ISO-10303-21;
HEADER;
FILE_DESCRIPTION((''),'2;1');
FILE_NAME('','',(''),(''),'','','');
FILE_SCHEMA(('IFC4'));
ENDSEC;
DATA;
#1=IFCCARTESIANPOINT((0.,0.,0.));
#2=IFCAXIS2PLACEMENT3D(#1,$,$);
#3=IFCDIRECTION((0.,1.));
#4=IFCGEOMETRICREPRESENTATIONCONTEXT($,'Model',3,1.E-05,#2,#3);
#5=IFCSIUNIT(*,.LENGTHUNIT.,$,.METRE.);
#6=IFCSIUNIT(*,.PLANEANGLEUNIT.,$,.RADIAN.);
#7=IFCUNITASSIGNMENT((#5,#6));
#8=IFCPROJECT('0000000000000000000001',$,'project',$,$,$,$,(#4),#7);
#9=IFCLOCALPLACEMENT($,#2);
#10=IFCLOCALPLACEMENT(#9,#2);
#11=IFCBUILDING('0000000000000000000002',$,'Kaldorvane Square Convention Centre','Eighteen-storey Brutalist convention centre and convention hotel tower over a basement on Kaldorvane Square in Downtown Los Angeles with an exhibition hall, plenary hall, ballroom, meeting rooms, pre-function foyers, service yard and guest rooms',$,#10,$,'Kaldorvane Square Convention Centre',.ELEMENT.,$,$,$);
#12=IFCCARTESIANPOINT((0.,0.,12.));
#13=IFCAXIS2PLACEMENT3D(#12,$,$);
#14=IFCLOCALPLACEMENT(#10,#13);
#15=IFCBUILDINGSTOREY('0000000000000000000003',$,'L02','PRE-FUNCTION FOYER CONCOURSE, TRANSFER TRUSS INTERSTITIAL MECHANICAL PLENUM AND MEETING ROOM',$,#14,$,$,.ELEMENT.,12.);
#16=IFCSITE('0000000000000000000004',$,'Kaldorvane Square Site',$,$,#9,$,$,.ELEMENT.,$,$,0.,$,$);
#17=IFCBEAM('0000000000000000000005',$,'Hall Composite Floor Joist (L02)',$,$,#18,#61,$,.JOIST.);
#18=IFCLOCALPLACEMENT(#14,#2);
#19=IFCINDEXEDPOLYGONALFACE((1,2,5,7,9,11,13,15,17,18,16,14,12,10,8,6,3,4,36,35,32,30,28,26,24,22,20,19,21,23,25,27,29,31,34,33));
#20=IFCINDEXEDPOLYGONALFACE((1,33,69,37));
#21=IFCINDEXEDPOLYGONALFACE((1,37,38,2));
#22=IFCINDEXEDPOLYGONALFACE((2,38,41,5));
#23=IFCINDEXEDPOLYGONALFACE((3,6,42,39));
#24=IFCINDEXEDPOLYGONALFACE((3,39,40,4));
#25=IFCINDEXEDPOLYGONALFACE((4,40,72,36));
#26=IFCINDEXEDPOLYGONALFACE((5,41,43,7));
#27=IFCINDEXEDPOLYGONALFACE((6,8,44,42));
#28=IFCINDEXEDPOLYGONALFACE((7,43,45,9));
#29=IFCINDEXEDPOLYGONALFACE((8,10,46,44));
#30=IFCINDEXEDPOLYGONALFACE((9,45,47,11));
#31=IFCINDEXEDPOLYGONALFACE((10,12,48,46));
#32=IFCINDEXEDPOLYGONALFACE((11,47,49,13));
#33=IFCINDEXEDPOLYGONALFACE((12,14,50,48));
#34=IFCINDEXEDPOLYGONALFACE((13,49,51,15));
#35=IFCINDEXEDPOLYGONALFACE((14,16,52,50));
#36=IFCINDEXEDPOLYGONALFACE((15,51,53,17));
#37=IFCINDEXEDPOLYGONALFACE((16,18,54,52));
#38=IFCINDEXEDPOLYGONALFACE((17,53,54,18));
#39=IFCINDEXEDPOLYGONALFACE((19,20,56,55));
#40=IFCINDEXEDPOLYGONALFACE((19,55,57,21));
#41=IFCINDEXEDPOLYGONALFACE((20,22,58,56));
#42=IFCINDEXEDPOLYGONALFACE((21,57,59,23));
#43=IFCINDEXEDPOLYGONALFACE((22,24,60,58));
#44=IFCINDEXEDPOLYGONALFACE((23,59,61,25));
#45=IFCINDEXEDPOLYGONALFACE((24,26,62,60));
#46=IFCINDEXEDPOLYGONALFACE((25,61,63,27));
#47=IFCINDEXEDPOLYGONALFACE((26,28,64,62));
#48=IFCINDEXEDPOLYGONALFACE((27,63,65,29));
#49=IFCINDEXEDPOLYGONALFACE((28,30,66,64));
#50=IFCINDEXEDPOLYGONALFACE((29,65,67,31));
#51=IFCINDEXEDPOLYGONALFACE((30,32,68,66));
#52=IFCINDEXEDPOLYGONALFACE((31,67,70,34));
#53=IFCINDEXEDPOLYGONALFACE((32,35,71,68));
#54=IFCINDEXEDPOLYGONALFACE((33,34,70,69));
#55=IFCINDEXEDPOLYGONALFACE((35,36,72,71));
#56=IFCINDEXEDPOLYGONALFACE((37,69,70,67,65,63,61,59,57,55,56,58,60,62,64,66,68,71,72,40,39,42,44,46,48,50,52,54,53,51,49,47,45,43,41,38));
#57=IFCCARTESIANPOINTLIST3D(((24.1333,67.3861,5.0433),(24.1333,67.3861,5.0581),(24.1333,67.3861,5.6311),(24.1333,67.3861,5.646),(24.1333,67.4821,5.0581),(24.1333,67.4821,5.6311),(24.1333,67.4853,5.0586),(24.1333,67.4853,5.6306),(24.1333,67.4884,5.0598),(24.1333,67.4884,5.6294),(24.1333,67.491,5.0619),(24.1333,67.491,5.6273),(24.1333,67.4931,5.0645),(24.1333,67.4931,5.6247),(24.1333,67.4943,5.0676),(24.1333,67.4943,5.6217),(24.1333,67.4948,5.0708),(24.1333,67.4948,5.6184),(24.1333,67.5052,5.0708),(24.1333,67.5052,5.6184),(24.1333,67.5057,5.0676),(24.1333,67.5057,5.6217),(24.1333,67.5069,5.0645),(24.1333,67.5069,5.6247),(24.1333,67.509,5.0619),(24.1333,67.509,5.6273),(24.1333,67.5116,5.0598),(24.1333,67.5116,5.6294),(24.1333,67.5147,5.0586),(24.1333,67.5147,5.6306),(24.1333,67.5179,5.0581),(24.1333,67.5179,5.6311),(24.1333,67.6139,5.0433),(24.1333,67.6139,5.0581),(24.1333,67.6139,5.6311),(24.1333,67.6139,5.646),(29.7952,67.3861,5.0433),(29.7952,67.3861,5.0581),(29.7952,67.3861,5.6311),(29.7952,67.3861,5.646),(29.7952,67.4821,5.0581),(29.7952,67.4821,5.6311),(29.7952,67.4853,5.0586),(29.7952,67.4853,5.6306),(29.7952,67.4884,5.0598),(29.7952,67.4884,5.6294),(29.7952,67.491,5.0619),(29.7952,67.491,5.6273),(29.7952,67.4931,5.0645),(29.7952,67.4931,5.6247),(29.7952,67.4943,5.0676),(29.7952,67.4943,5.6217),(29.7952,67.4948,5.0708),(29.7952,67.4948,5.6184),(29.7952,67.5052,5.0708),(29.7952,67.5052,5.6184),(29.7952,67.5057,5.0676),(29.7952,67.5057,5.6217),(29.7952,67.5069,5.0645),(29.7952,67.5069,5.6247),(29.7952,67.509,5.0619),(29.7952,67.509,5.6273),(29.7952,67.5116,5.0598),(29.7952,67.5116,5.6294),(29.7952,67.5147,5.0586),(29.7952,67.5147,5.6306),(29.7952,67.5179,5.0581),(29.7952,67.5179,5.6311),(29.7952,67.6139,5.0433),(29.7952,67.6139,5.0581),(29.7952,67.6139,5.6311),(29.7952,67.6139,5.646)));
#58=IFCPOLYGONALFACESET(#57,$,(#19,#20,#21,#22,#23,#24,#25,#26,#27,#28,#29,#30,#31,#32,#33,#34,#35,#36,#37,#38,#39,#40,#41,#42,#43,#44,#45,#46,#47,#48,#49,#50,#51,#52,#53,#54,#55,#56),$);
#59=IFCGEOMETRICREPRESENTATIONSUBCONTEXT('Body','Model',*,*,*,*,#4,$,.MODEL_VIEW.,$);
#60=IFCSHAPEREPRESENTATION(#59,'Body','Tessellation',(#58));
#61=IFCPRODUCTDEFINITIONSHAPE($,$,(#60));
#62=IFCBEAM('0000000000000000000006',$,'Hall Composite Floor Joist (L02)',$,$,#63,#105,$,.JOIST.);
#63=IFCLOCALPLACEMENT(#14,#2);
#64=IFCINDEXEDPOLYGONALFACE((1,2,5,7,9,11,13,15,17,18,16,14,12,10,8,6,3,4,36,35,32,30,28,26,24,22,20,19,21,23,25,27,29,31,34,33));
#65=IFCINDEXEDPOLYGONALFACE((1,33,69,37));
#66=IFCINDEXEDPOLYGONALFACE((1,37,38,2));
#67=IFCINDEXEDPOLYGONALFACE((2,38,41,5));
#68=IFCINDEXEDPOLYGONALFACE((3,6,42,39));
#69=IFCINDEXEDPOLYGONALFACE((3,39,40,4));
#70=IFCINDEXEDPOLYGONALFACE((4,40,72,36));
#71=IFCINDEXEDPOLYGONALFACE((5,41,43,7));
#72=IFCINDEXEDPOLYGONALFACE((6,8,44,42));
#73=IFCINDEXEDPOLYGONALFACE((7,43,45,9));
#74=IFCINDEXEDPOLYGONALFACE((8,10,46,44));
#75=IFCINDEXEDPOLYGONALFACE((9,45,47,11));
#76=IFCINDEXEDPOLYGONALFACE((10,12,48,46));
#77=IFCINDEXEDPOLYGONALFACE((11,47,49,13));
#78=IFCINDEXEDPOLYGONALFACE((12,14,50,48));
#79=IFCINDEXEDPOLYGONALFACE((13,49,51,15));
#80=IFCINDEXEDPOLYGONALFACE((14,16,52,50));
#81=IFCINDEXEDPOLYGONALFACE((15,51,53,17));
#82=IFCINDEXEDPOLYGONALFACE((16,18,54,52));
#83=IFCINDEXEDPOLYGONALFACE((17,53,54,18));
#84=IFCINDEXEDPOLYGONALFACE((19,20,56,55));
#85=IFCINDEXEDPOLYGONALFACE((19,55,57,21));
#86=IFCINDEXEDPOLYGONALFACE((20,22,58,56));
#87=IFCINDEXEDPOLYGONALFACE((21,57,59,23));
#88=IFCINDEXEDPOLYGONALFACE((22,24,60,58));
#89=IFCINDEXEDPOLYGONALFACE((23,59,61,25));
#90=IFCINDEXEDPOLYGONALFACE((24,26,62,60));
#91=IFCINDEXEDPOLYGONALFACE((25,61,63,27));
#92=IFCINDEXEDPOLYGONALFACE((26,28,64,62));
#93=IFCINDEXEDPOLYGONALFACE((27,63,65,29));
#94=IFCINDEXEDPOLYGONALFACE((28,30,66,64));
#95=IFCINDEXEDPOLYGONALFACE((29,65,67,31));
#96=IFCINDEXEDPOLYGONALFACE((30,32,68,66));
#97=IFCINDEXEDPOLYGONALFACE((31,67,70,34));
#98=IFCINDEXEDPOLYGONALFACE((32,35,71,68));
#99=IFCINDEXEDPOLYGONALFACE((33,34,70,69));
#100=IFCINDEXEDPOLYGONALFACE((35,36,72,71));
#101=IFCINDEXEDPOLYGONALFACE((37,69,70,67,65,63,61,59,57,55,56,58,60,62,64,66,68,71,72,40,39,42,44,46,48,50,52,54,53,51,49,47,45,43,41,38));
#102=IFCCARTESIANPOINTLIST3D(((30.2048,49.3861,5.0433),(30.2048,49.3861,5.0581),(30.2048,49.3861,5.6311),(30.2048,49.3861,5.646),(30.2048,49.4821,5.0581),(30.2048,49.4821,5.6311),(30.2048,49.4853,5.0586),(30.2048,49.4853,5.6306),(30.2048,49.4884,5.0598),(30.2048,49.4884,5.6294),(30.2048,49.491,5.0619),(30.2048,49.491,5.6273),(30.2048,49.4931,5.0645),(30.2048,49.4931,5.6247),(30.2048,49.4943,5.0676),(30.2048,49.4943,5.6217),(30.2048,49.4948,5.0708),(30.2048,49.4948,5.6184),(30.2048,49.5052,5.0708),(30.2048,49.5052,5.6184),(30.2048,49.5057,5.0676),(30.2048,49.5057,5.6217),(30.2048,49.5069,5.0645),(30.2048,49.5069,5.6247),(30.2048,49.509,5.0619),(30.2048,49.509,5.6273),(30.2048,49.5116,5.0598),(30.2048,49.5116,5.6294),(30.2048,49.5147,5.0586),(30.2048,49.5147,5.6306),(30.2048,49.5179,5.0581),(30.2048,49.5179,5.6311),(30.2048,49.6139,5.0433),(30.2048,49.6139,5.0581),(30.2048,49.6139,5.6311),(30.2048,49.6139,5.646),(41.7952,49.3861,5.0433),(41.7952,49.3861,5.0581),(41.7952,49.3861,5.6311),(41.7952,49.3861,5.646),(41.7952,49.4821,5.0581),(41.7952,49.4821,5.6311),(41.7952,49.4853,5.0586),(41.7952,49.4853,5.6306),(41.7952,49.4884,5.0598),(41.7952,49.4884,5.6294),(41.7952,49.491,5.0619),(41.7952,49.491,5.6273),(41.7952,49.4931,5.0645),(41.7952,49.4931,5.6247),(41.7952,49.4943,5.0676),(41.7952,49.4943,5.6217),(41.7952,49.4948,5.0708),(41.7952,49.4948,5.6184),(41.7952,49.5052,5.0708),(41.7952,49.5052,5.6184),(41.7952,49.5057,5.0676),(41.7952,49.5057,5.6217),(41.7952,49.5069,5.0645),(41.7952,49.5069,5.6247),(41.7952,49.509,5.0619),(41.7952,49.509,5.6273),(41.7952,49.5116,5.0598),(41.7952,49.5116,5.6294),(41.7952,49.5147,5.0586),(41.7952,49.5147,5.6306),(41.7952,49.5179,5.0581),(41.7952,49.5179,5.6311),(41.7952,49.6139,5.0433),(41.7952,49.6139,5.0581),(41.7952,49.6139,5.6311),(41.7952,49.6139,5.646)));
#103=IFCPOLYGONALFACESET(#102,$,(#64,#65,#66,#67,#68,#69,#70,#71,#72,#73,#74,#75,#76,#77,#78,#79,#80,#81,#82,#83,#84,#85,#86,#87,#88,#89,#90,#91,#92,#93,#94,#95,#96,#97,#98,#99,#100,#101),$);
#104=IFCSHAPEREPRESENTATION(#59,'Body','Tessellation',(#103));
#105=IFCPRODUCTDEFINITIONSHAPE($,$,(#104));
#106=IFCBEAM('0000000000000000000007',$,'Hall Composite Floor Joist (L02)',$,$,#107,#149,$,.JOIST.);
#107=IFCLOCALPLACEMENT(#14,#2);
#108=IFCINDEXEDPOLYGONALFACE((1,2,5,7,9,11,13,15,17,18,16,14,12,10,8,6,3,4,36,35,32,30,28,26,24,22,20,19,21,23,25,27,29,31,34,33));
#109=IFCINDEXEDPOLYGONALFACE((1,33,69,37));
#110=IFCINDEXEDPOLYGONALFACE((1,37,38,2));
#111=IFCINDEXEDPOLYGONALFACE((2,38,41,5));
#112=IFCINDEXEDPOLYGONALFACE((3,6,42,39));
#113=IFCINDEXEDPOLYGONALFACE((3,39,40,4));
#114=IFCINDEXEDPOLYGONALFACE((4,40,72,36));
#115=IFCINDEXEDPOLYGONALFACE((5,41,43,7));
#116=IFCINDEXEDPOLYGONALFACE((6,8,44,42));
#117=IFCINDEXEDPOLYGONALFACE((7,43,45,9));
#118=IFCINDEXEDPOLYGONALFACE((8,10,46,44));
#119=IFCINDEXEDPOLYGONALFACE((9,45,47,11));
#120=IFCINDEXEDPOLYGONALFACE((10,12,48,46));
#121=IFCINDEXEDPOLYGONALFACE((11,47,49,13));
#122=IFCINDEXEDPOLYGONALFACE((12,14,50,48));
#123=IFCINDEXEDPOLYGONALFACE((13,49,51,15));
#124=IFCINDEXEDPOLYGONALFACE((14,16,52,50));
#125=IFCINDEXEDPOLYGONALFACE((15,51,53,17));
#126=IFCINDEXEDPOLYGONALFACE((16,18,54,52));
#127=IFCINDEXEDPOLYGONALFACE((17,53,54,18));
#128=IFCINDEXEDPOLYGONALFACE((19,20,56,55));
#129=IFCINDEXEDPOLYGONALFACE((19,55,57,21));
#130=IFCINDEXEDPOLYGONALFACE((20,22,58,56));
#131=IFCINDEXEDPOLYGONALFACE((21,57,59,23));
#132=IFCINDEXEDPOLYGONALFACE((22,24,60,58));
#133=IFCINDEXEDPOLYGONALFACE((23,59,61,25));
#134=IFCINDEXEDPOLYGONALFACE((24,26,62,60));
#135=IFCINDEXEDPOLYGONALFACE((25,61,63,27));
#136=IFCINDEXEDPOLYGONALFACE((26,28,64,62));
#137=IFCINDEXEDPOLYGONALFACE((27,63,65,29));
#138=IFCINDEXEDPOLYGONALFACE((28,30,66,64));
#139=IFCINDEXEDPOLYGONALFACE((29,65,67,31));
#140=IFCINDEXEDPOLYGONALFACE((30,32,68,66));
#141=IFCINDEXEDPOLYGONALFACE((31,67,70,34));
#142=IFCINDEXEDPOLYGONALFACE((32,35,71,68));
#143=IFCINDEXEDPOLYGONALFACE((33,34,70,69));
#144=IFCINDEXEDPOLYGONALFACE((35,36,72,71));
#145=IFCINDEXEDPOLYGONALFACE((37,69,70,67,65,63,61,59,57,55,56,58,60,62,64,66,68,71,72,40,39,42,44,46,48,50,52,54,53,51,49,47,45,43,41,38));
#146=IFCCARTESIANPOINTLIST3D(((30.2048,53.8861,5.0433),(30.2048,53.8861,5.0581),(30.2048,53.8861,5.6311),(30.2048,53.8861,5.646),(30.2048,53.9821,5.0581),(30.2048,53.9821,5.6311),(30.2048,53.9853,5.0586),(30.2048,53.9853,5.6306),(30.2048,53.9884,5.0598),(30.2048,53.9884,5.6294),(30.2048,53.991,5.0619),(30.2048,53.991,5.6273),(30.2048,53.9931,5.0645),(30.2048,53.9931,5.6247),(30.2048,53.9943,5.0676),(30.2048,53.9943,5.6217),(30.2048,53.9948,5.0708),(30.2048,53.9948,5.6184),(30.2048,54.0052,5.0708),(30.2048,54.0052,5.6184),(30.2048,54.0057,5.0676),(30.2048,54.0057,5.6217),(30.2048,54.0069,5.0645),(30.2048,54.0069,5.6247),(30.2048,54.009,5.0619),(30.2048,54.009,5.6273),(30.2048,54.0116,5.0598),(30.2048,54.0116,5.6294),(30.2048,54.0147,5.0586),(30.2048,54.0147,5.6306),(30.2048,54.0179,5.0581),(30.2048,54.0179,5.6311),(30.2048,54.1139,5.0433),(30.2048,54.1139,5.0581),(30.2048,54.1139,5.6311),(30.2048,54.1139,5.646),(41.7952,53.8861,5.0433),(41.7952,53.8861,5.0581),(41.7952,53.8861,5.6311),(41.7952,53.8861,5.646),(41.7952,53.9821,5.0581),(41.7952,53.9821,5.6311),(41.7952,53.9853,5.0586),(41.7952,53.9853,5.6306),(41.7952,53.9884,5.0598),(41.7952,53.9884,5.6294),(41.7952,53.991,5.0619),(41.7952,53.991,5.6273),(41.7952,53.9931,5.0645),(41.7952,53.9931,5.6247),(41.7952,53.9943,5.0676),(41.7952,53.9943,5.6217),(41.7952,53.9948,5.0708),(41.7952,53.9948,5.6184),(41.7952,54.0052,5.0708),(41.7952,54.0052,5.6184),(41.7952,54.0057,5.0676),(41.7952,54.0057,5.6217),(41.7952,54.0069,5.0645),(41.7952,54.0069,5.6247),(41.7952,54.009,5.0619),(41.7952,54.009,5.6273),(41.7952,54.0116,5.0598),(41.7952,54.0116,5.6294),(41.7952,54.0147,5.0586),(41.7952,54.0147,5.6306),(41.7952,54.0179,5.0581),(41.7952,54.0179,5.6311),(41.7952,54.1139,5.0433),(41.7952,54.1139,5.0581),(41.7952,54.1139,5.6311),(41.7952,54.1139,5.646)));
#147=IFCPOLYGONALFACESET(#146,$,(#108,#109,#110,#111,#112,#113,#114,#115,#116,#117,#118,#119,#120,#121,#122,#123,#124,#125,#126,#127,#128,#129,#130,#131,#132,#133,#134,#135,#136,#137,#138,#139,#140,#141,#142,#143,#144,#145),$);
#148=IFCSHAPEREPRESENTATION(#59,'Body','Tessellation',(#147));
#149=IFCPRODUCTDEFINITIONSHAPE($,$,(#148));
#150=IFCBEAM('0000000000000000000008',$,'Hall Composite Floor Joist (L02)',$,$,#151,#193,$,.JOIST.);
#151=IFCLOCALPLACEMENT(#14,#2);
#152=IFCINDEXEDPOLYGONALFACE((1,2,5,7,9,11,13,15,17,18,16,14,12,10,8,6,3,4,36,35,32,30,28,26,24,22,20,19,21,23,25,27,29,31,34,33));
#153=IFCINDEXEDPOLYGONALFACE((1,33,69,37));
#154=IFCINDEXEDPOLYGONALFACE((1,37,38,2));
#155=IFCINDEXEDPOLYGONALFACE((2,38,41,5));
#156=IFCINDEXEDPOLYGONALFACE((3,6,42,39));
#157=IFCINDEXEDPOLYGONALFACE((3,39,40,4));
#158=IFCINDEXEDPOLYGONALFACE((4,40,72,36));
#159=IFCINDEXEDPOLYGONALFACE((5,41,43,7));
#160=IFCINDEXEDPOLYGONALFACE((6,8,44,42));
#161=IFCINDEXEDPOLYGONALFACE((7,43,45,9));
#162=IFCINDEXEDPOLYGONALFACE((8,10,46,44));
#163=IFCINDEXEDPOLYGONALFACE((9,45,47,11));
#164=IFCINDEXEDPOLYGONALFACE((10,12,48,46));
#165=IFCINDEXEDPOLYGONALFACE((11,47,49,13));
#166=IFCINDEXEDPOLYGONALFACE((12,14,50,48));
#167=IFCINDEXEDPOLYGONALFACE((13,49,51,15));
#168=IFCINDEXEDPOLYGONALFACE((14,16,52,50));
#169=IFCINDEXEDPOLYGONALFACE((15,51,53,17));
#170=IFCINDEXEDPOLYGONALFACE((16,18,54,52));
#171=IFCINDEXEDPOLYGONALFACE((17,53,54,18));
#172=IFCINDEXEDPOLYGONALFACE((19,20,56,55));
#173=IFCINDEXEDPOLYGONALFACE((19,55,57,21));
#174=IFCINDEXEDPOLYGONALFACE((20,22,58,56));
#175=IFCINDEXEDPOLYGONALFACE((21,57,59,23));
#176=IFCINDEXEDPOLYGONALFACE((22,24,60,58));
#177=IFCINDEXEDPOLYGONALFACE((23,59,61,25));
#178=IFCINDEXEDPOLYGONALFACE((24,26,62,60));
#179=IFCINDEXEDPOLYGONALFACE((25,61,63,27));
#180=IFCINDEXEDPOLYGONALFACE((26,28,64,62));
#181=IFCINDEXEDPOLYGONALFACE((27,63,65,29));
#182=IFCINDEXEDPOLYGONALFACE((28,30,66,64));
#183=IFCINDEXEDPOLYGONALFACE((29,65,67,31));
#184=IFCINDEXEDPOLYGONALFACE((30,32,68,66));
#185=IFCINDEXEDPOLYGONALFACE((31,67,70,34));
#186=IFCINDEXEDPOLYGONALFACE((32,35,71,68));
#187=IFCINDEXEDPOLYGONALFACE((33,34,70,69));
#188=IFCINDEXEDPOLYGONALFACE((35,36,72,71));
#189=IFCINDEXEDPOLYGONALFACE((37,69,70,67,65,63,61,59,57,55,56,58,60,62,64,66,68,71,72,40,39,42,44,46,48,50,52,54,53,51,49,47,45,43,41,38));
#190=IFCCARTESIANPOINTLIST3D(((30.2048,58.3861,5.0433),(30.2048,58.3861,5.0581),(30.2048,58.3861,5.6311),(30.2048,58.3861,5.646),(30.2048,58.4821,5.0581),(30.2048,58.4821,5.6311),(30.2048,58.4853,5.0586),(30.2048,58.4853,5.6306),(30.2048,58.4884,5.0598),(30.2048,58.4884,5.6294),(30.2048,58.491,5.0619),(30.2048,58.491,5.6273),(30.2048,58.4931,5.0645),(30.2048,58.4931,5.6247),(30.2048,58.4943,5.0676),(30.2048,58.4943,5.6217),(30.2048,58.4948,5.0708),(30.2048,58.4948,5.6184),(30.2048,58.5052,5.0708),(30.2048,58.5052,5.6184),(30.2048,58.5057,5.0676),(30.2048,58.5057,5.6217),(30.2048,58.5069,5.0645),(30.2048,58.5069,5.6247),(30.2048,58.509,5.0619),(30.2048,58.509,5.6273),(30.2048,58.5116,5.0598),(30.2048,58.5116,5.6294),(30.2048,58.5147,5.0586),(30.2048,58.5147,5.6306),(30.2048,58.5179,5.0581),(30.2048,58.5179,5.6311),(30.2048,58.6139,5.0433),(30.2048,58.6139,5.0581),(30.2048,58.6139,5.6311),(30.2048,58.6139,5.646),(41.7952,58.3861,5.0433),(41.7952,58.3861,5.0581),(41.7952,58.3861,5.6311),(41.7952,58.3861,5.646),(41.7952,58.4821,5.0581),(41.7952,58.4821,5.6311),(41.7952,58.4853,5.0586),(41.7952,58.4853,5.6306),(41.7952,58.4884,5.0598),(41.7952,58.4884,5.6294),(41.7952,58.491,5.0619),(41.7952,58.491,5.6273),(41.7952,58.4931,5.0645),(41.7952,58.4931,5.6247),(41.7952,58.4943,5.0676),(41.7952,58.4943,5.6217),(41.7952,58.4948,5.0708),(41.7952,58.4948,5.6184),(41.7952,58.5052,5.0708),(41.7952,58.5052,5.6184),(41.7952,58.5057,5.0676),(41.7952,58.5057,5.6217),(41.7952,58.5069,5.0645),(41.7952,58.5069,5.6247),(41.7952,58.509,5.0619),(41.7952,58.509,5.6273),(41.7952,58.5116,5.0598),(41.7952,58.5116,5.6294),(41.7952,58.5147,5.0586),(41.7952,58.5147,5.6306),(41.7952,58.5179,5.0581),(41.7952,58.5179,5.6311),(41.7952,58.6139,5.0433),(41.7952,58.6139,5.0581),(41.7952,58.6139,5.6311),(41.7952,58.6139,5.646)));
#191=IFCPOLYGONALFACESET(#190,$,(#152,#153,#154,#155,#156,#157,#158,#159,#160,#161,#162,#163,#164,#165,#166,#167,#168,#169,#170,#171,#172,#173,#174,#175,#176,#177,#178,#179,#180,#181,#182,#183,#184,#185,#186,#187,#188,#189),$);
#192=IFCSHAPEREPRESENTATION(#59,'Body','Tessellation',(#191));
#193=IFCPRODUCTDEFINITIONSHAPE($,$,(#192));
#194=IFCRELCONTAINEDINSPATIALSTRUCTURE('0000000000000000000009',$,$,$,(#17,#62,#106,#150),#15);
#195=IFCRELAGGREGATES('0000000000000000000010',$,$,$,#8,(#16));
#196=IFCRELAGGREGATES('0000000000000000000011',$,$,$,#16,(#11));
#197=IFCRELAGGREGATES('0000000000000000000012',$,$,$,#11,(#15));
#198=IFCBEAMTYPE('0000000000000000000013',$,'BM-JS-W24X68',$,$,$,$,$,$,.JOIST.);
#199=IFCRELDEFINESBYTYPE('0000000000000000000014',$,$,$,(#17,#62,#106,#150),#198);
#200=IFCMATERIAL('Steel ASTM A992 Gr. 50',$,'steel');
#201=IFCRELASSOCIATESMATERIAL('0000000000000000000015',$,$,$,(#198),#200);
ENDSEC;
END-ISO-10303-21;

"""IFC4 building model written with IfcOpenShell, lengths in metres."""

from ifc_helpers import new_model, si_unit, direction, frame, origin, origin_2d, place, context, subcontext, project, spatial, i_section, extrude, material, material_profile, profile_set, type_object, element, save


model = new_model("IFC4")

# Units and contexts
model_context = context("Model", 3, precision=1e-05, world=origin(), true_north=direction((0.0, 1.0)))
body_context = subcontext(model_context, "Body", "Model", "MODEL_VIEW")
ifc_project = project(units=[si_unit("LENGTHUNIT", "METRE"), si_unit("PLANEANGLEUNIT", "RADIAN")], contexts=[model_context])

# Site, building, storey
site_placement = place(None, origin())
site = spatial("IfcSite", under=ifc_project, at=site_placement, Name="Kaldorvane Square Site", CompositionType="ELEMENT", RefElevation=0.0)
building_placement = place(site_placement, origin())
building = spatial("IfcBuilding", under=site, at=building_placement, Name="Kaldorvane Square Convention Centre", Description="Eighteen-storey Brutalist convention centre and convention hotel tower over a basement on Kaldorvane Square in Downtown Los Angeles with an exhibition hall, plenary hall, ballroom, meeting rooms, pre-function foyers, service yard and guest rooms", LongName="Kaldorvane Square Convention Centre", CompositionType="ELEMENT")
storey_placement = place(building_placement, frame((0.0, 0.0, 12.0)))
storey = spatial("IfcBuildingStorey", under=building, at=storey_placement, Name="L02", Description="PRE-FUNCTION FOYER CONCOURSE, TRANSFER TRUSS INTERSTITIAL MECHANICAL PLENUM AND MEETING ROOM", CompositionType="ELEMENT", Elevation=12.0)

# Beams
ifc_material = material(Name="Steel ASTM A992 Gr. 50", Category="steel")
ifc_material_profile_1 = material_profile(ifc_material, i_section(OverallWidth=0.2277, OverallDepth=0.6027, WebThickness=0.0105, FlangeThickness=0.0149, FilletRadius=0.0127, at=origin_2d()), Name="W24X68")
ifc_profile_set_1 = profile_set([ifc_material_profile_1], Name="Steel ASTM A992 Gr. 50")
beam_type = type_object("IfcBeamType", Name="BM-JS-W24X68", PredefinedType="JOIST", material=ifc_profile_set_1)
for number, where, z_axis, x_axis, name in (
    (1, (24.1333, 67.5, 5.3446), (1.0, 0.0, 0.0), (0.0, 1.0, 0.0), "Hall Composite Floor Joist (L02)"),
):
    element("IfcBeam", number, at=place(storey_placement, frame(where, z_axis=z_axis, x_axis=x_axis)), inside=storey, type_object=beam_type, Name=name, PredefinedType="JOIST", context=body_context, shape_type="SweptSolid", body=[
        extrude(i_section(OverallWidth=0.2277, OverallDepth=0.6027, WebThickness=0.0105, FlangeThickness=0.0149, FilletRadius=0.0127, at=origin_2d()), origin(), (0.0, 0.0, 1.0), 5.6619),
    ])
for number, where, z_axis, x_axis, name in (
    (2, (30.2048, 49.5, 5.3446), (1.0, 0.0, 0.0), (0.0, 1.0, 0.0), "Hall Composite Floor Joist (L02)"),
    (3, (30.2048, 54.0, 5.3446), (1.0, 0.0, 0.0), (0.0, 1.0, 0.0), "Hall Composite Floor Joist (L02)"),
    (4, (30.2048, 58.5, 5.3446), (1.0, 0.0, 0.0), (0.0, 1.0, 0.0), "Hall Composite Floor Joist (L02)"),
):
    element("IfcBeam", number, at=place(storey_placement, frame(where, z_axis=z_axis, x_axis=x_axis)), inside=storey, type_object=beam_type, Name=name, PredefinedType="JOIST", context=body_context, shape_type="SweptSolid", body=[
        extrude(i_section(OverallWidth=0.2277, OverallDepth=0.6027, WebThickness=0.0105, FlangeThickness=0.0149, FilletRadius=0.0127, at=origin_2d()), origin(), (0.0, 0.0, 1.0), 11.5904),
    ])

save(model, "model.ifc")
